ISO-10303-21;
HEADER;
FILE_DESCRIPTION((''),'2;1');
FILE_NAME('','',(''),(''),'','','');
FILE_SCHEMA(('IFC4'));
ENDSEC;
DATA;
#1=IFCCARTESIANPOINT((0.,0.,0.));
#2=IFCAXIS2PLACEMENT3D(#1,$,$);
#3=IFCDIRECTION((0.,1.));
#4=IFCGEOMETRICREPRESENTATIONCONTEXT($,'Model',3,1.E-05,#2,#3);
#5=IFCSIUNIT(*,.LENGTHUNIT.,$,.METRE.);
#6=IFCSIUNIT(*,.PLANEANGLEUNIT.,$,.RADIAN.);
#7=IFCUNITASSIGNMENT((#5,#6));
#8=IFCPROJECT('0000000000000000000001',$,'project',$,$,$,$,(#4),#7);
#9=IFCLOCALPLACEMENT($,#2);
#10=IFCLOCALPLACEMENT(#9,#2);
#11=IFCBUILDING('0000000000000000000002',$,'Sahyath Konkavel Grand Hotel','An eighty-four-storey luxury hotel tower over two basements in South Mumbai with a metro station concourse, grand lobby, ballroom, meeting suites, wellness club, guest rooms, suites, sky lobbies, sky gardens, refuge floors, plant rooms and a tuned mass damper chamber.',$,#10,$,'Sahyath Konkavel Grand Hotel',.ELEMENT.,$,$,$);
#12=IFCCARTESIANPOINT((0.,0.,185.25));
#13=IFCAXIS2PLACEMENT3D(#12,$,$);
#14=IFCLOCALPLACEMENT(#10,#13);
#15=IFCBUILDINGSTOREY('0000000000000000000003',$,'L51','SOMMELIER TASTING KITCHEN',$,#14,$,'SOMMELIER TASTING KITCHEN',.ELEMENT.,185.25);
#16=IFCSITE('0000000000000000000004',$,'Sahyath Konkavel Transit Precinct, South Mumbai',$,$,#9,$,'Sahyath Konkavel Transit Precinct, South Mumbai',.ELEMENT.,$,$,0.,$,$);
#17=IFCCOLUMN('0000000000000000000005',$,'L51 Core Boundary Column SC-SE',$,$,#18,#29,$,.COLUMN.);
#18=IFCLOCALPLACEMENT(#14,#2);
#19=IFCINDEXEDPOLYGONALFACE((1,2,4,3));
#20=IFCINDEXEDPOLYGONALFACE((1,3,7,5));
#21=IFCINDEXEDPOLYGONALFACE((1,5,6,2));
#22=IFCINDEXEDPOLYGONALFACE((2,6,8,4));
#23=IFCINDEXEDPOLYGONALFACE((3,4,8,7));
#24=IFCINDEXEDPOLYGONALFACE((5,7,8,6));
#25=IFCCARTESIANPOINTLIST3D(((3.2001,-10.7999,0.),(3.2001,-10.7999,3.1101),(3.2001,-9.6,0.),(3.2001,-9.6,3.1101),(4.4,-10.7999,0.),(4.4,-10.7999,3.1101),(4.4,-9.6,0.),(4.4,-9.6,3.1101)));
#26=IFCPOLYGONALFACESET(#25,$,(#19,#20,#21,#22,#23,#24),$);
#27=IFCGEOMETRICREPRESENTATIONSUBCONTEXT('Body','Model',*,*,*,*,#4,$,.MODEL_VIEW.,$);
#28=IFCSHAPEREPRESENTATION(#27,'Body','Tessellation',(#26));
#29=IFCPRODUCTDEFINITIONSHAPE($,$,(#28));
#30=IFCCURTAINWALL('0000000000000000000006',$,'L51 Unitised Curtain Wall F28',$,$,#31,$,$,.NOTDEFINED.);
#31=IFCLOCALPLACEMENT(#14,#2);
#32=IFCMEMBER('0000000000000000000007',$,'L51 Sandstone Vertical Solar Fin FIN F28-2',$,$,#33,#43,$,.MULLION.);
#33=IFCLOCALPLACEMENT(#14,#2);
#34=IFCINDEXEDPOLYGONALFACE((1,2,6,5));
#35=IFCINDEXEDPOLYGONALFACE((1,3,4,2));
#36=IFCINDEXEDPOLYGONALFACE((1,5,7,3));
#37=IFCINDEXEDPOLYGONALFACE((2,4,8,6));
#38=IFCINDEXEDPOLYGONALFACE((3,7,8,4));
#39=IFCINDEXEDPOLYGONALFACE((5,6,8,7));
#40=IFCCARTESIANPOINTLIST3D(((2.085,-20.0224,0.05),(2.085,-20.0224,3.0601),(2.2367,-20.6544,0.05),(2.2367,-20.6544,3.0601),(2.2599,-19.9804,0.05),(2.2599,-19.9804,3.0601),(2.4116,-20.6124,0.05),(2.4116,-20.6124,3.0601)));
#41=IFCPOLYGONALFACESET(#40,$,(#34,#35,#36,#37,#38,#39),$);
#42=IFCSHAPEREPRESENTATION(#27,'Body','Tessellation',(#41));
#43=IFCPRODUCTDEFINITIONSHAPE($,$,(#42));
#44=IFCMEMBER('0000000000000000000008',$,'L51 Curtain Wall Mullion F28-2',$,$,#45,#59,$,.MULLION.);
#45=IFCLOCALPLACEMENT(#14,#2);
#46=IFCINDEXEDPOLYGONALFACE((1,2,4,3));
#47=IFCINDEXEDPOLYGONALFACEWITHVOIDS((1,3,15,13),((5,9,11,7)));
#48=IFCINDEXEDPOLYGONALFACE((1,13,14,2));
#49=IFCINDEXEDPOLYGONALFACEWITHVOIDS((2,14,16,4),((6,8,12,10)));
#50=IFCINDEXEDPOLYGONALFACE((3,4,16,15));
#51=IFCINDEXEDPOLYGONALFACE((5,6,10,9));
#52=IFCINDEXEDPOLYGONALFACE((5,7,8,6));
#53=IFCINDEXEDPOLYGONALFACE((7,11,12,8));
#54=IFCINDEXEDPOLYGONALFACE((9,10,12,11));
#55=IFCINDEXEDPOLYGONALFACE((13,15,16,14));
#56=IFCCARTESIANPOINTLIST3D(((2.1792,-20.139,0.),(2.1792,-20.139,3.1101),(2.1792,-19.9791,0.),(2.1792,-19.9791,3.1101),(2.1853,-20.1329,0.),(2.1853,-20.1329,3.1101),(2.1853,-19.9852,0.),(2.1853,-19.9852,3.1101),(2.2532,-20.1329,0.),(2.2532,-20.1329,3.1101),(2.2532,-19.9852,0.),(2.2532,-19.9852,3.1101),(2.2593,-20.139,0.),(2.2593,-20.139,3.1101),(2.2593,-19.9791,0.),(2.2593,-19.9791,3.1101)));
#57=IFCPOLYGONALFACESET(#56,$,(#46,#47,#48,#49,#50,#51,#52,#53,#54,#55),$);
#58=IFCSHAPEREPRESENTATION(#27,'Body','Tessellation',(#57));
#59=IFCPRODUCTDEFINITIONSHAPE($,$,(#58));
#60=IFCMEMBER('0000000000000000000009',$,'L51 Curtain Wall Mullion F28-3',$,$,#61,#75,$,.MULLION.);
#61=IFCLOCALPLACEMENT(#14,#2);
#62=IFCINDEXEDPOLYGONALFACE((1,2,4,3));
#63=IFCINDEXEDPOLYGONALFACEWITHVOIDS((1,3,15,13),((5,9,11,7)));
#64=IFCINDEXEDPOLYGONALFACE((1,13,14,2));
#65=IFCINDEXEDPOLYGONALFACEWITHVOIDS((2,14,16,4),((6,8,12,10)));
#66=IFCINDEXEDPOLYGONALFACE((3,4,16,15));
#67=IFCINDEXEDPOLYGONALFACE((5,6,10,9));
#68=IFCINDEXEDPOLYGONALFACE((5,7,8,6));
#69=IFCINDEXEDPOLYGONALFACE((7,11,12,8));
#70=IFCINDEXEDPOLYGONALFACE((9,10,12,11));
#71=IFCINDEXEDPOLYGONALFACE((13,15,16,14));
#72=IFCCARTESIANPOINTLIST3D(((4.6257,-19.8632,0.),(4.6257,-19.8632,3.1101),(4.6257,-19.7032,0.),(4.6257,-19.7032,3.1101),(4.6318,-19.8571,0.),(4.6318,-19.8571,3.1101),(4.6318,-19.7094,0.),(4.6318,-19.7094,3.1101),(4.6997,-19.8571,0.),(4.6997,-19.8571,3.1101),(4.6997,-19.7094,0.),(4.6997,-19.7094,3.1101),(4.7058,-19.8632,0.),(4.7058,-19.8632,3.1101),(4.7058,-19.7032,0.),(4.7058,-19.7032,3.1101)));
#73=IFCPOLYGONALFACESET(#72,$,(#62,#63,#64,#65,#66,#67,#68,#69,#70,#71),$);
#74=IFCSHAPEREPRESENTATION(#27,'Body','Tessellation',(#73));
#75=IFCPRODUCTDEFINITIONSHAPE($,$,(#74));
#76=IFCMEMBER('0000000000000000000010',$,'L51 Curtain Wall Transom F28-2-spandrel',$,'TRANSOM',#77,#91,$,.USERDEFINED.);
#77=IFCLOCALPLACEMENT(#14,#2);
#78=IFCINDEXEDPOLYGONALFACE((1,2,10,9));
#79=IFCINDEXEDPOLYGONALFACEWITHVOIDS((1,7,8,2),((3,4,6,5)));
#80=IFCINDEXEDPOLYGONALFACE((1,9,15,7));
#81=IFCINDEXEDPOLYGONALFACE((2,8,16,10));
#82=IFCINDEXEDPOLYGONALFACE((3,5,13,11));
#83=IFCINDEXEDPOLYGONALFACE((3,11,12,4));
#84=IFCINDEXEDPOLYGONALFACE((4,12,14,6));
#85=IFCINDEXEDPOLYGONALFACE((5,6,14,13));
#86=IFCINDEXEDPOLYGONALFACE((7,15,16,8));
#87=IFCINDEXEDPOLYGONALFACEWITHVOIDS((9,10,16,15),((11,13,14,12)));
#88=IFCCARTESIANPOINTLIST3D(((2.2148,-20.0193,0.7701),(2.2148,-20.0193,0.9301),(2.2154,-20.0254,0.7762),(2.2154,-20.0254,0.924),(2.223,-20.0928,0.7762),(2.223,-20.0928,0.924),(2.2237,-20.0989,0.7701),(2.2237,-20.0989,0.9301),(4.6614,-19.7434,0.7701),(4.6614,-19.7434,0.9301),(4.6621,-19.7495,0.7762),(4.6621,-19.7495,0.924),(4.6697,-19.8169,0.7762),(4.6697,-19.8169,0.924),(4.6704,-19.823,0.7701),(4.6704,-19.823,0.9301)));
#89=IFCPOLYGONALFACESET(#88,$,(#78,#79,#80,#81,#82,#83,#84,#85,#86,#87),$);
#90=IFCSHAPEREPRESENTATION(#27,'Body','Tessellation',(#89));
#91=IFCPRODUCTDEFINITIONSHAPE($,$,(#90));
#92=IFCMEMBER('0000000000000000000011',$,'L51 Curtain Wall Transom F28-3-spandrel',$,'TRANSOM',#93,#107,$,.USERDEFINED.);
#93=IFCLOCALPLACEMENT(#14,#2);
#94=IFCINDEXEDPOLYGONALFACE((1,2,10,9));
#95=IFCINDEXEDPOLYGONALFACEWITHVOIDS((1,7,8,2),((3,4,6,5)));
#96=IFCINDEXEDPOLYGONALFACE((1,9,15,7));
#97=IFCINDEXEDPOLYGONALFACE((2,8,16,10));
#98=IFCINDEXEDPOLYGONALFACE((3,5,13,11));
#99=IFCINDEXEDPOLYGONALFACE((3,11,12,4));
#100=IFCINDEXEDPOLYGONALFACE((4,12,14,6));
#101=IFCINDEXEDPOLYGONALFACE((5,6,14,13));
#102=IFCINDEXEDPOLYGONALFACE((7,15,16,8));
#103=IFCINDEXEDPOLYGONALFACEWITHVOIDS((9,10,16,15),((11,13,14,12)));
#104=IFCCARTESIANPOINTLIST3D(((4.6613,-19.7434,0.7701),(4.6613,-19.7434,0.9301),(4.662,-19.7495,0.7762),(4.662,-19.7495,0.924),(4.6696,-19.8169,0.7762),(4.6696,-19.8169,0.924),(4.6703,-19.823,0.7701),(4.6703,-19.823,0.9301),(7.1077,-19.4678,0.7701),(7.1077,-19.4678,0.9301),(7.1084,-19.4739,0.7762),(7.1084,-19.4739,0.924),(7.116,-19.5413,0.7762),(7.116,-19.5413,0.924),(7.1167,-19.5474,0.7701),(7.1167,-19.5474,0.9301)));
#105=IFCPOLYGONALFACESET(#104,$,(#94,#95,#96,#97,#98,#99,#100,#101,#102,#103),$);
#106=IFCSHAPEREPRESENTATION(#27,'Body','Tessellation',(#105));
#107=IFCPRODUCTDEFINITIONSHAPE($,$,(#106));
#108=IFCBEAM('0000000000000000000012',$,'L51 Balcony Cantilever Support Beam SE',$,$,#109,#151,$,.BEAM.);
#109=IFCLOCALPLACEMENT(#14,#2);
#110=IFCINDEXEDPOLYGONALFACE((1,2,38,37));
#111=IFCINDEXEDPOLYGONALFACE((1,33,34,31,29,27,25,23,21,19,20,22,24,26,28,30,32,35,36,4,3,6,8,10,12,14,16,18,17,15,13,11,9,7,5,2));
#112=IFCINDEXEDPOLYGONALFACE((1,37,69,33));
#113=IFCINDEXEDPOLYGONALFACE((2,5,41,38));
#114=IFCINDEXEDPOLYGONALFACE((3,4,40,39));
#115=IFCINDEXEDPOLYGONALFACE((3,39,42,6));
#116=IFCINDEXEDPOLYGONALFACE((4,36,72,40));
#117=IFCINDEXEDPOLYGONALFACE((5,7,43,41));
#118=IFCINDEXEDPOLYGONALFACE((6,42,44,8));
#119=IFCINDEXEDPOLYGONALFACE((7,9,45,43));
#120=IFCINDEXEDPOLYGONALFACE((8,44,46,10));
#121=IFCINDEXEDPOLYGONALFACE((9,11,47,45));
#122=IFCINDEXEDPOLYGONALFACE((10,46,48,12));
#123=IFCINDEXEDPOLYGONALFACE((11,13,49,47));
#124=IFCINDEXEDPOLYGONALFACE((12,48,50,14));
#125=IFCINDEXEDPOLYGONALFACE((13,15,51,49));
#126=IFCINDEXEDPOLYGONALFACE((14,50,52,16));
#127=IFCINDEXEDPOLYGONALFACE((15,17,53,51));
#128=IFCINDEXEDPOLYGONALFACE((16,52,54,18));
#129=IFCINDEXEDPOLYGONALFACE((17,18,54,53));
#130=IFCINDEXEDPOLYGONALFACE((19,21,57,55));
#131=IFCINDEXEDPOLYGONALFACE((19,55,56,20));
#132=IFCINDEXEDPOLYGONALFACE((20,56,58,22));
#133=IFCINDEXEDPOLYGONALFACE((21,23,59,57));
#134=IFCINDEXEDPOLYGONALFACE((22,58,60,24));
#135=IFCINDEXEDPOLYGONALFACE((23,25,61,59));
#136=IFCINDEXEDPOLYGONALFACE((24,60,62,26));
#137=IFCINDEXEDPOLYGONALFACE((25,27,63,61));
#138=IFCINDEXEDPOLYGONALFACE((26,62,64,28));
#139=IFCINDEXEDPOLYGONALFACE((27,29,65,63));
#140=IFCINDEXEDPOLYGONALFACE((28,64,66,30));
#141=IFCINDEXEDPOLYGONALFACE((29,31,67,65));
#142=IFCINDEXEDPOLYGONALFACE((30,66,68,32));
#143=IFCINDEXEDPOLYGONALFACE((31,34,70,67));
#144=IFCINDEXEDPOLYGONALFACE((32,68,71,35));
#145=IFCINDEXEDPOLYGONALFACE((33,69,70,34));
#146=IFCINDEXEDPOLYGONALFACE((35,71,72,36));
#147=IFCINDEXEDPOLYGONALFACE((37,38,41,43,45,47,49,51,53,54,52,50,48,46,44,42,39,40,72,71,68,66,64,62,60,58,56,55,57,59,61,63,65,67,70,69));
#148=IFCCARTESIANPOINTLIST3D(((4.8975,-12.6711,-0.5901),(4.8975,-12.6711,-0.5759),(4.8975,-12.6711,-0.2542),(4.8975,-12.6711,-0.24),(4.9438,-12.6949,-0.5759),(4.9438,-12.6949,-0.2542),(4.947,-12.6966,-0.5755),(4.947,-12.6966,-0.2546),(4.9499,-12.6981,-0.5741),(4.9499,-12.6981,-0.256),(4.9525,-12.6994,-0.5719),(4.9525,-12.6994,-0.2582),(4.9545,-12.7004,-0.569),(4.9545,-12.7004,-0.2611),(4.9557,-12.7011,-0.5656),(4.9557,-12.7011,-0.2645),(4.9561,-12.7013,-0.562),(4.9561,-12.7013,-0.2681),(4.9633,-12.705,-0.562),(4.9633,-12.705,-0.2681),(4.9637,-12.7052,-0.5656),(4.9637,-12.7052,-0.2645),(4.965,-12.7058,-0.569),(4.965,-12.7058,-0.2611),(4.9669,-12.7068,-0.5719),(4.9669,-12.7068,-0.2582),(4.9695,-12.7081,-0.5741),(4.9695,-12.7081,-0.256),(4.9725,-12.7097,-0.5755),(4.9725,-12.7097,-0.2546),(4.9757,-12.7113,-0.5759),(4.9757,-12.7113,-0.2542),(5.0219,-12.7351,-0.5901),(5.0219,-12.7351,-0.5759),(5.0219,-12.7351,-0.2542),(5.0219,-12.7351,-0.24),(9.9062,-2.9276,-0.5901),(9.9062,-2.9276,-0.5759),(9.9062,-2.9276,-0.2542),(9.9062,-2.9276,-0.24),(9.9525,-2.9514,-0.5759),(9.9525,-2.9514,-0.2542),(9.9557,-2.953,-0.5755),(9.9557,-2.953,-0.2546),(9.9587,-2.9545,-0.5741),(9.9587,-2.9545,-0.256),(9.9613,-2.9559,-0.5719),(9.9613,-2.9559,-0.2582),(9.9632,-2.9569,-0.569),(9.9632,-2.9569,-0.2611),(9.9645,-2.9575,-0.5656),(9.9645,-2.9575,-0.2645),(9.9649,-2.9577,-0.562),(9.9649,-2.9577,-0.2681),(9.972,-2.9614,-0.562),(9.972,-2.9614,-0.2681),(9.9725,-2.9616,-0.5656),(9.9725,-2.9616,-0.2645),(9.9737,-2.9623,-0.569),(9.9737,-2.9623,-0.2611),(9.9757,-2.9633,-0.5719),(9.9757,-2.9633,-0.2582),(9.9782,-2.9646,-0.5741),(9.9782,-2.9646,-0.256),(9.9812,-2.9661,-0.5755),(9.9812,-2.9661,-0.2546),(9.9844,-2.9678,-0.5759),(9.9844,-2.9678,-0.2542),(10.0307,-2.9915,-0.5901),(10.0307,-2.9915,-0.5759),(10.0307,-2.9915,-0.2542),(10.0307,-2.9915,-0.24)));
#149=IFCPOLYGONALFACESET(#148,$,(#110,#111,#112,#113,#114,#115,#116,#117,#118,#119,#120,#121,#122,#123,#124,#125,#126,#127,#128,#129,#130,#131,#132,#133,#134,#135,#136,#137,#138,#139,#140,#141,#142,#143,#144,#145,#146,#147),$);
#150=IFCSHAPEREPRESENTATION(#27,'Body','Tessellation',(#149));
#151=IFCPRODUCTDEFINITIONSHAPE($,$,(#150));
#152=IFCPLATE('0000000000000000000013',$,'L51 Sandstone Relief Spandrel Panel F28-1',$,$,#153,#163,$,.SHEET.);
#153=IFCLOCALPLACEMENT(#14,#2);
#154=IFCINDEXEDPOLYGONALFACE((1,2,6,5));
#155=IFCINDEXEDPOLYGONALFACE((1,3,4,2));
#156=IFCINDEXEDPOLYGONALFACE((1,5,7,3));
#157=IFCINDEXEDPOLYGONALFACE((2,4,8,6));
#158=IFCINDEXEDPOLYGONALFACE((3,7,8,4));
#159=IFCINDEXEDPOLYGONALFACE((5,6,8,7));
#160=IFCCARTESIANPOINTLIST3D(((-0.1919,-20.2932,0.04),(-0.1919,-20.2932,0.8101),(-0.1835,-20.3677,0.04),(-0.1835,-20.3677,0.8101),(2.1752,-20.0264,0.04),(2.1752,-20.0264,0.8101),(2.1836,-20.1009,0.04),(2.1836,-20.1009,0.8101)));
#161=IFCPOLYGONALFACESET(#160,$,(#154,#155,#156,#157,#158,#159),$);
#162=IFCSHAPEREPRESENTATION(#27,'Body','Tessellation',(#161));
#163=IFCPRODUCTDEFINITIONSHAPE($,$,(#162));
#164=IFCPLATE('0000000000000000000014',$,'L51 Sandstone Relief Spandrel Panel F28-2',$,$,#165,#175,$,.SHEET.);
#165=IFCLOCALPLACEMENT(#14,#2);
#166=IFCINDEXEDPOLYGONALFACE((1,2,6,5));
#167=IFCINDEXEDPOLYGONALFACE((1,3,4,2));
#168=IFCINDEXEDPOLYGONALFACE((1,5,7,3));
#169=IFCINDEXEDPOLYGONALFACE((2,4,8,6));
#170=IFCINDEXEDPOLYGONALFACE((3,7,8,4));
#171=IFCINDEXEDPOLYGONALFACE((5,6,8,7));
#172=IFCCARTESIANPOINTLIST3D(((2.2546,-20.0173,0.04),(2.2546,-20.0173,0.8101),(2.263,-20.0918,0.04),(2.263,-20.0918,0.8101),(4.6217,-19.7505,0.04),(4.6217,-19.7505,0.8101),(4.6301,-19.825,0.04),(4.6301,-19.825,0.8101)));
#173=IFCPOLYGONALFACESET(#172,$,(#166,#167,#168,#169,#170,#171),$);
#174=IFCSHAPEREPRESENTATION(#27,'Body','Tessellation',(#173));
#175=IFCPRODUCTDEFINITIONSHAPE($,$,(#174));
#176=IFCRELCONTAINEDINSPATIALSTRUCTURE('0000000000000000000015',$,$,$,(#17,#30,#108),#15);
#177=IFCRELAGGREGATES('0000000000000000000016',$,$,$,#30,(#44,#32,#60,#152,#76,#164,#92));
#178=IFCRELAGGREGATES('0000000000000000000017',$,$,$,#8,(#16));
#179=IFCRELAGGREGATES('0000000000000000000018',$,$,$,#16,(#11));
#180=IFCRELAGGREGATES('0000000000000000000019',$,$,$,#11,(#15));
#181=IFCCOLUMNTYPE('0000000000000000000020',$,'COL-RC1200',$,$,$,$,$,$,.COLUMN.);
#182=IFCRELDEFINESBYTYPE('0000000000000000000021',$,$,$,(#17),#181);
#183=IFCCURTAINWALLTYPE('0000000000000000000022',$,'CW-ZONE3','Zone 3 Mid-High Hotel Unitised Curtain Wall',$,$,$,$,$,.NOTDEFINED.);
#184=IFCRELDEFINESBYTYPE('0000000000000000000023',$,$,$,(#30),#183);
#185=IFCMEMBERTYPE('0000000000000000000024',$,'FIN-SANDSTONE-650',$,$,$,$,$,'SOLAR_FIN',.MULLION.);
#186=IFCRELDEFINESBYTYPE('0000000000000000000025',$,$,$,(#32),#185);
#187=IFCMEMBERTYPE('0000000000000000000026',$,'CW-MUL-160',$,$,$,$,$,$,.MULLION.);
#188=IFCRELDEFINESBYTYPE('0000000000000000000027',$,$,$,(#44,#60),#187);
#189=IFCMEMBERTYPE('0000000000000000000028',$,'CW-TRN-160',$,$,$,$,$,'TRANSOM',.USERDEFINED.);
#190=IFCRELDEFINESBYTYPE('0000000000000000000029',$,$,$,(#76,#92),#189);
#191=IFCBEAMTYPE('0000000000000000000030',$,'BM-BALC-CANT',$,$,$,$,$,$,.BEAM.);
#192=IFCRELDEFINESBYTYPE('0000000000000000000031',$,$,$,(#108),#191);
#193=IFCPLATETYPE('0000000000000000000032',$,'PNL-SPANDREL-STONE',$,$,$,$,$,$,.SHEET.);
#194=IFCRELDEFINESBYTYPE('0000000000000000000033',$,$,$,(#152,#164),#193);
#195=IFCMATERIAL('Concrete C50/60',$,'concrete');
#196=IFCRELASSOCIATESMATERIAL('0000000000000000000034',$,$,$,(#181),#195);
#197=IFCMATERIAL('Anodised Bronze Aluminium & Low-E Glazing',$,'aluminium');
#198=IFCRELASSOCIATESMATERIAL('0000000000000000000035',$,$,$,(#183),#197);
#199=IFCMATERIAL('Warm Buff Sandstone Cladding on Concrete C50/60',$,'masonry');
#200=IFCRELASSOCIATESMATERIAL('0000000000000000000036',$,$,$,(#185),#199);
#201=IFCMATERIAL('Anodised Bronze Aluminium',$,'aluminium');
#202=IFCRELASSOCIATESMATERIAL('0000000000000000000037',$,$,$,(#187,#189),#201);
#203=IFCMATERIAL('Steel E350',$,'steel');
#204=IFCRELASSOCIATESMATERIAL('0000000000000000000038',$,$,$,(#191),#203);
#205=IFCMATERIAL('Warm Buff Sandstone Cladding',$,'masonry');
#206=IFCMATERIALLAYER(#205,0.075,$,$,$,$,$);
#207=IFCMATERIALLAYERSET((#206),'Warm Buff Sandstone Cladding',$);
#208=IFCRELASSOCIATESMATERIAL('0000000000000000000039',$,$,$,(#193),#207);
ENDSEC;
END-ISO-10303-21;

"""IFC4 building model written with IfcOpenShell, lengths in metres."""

from ifc_helpers import new_model, si_unit, direction, frame, origin, origin_2d, place, context, subcontext, project, spatial, rectangle, hollow_rectangle, i_section, extrude, source, transform, mapped, material, layer, layer_set, material_profile, profile_set, type_object, element, aggregate, save


model = new_model("IFC4")

# Units and contexts
model_context = context("Model", 3, precision=1e-05, world=origin(), true_north=direction((0.0, 1.0)))
body_context = subcontext(model_context, "Body", "Model", "MODEL_VIEW")
ifc_project = project(units=[si_unit("LENGTHUNIT", "METRE"), si_unit("PLANEANGLEUNIT", "RADIAN")], contexts=[model_context])

# Site, building, storey
site_placement = place(None, origin())
site = spatial("IfcSite", under=ifc_project, at=site_placement, Name="Sahyath Konkavel Transit Precinct, South Mumbai", LongName="Sahyath Konkavel Transit Precinct, South Mumbai", CompositionType="ELEMENT", RefElevation=0.0)
building_placement = place(site_placement, origin())
building = spatial("IfcBuilding", under=site, at=building_placement, Name="Sahyath Konkavel Grand Hotel", Description="An eighty-four-storey luxury hotel tower over two basements in South Mumbai with a metro station concourse, grand lobby, ballroom, meeting suites, wellness club, guest rooms, suites, sky lobbies, sky gardens, refuge floors, plant rooms and a tuned mass damper chamber.", LongName="Sahyath Konkavel Grand Hotel", CompositionType="ELEMENT")
storey_placement = place(building_placement, frame((0.0, 0.0, 185.25)))
storey = spatial("IfcBuildingStorey", under=building, at=storey_placement, Name="L51", Description="SOMMELIER TASTING KITCHEN", LongName="SOMMELIER TASTING KITCHEN", CompositionType="ELEMENT", Elevation=185.25)

# Column
ifc_material_1 = material(Name="Concrete C50/60", Category="concrete")
ifc_material_profile_1 = material_profile(ifc_material_1, rectangle(XDim=1.2, YDim=1.2, at=origin_2d()), Name="RC 1200x1200")
ifc_profile_set_1 = profile_set([ifc_material_profile_1], Name="Concrete C50/60")
column_type = type_object("IfcColumnType", Name="COL-RC1200", PredefinedType="COLUMN", material=ifc_profile_set_1)
shared_shape_1 = source(origin(), body_context, "Body", "SweptSolid", [
    extrude(rectangle(XDim=1.2, YDim=1.2, at=origin_2d()), origin(), (0.0, 0.0, 1.0), 3.1101),
])
column_placement = place(storey_placement, frame((3.8, -10.2, 0.0), z_axis=(0.0, 0.0, 1.0), x_axis=(1.0, 0.0, 0.0)))
element("IfcColumn", 1, at=column_placement, inside=storey, type_object=column_type, Name="L51 Core Boundary Column SC-SE", PredefinedType="COLUMN", context=body_context, shape_type="MappedRepresentation", body=[
    mapped(shared_shape_1, transform((0.0, 0.0, 0.0), scale=1.0)),
])

# Curtain wall, members
ifc_material_2 = material(Name="Anodised Bronze Aluminium & Low-E Glazing", Category="aluminium")
curtain_wall_type = type_object("IfcCurtainWallType", Name="CW-ZONE3", Description="Zone 3 Mid-High Hotel Unitised Curtain Wall", PredefinedType="NOTDEFINED", material=ifc_material_2)
curtain_wall_placement = place(storey_placement, origin())
curtain_wall = element("IfcCurtainWall", 2, at=curtain_wall_placement, inside=storey, type_object=curtain_wall_type, Name="L51 Unitised Curtain Wall F28", PredefinedType="NOTDEFINED")
ifc_material_3 = material(Name="Warm Buff Sandstone Cladding on Concrete C50/60", Category="masonry")
ifc_material_profile_2 = material_profile(ifc_material_3, rectangle(XDim=0.1799, YDim=0.6499, at=origin_2d()), Name="FIN 180x650")
ifc_profile_set_2 = profile_set([ifc_material_profile_2], Name="Warm Buff Sandstone Cladding on Concrete C50/60")
member_type_1 = type_object("IfcMemberType", Name="FIN-SANDSTONE-650", ElementType="SOLAR_FIN", PredefinedType="MULLION", material=ifc_profile_set_2)
shared_shape_2 = source(origin(), body_context, "Body", "SweptSolid", [
    extrude(rectangle(XDim=0.1799, YDim=0.6499, at=origin_2d()), origin(), (0.0, 0.0, 1.0), 3.01),
])
member_1_placement = place(storey_placement, frame((2.2483, -20.3174, 0.05), z_axis=(0.0, 0.0, 1.0), x_axis=(0.97237, 0.233445, 0.0)))
member_1 = element("IfcMember", 3, at=member_1_placement, type_object=member_type_1, Name="L51 Sandstone Vertical Solar Fin FIN F28-2", PredefinedType="MULLION", context=body_context, shape_type="MappedRepresentation", body=[
    mapped(shared_shape_2, transform((0.0, 0.0, 0.0), scale=1.0)),
])
ifc_material_4 = material(Name="Anodised Bronze Aluminium", Category="aluminium")
ifc_material_profile_3 = material_profile(ifc_material_4, hollow_rectangle(XDim=0.0801, YDim=0.1599, WallThickness=0.0061, at=origin_2d()), Name="RHS 160x80x6")
ifc_profile_set_3 = profile_set([ifc_material_profile_3], Name="Anodised Bronze Aluminium")
member_type_2 = type_object("IfcMemberType", Name="CW-MUL-160", PredefinedType="MULLION", material=ifc_profile_set_3)
shared_shape_3 = source(origin(), body_context, "Body", "SweptSolid", [
    extrude(hollow_rectangle(XDim=0.0801, YDim=0.1599, WallThickness=0.0061, at=origin_2d()), origin(), (0.0, 0.0, 1.0), 3.1101),
])
member_2_placement = place(storey_placement, frame((2.2192, -20.0591, 0.0), z_axis=(0.0, 0.0, 1.0), x_axis=(1.0, 0.0, 0.0)))
member_2 = element("IfcMember", 4, at=member_2_placement, type_object=member_type_2, Name="L51 Curtain Wall Mullion F28-2", PredefinedType="MULLION", context=body_context, shape_type="MappedRepresentation", body=[
    mapped(shared_shape_3, transform((0.0, 0.0, 0.0), scale=1.0)),
])
member_3_placement = place(storey_placement, frame((4.6658, -19.7832, 0.0), z_axis=(0.0, 0.0, 1.0), x_axis=(1.0, 0.0, 0.0)))
member_3 = element("IfcMember", 5, at=member_3_placement, type_object=member_type_2, Name="L51 Curtain Wall Mullion F28-3", PredefinedType="MULLION", context=body_context, shape_type="MappedRepresentation", body=[
    mapped(shared_shape_3, transform((0.0, 0.0, 0.0), scale=1.0)),
])
ifc_material_profile_4 = material_profile(ifc_material_4, hollow_rectangle(XDim=0.0801, YDim=0.1599, WallThickness=0.0061, at=origin_2d()), Name="RHS 160x80x6")
ifc_profile_set_4 = profile_set([ifc_material_profile_4], Name="Anodised Bronze Aluminium")
member_type_3 = type_object("IfcMemberType", Name="CW-TRN-160", ElementType="TRANSOM", PredefinedType="USERDEFINED", material=ifc_profile_set_4)
shared_shape_4 = source(origin(), body_context, "Body", "SweptSolid", [
    extrude(hollow_rectangle(XDim=0.0801, YDim=0.1599, WallThickness=0.0061, at=origin_2d()), origin(), (0.0, 0.0, 1.0), 2.4622),
])
member_4_placement = place(storey_placement, frame((2.2192, -20.0591, 0.8501), z_axis=(0.993702, 0.112053, 0.0), x_axis=(-0.112053, 0.993702, 0.0)))
member_4 = element("IfcMember", 6, at=member_4_placement, type_object=member_type_3, Name="L51 Curtain Wall Transom F28-2-spandrel", ObjectType="TRANSOM", PredefinedType="USERDEFINED", context=body_context, shape_type="MappedRepresentation", body=[
    mapped(shared_shape_4, transform((0.0, 0.0, 0.0), scale=1.0)),
])
shared_shape_5 = source(origin(), body_context, "Body", "SweptSolid", [
    extrude(hollow_rectangle(XDim=0.0801, YDim=0.1599, WallThickness=0.0061, at=origin_2d()), origin(), (0.0, 0.0, 1.0), 2.4619),
])
member_5_placement = place(storey_placement, frame((4.6658, -19.7832, 0.8501), z_axis=(0.993713, 0.111955, 0.0), x_axis=(-0.111955, 0.993713, 0.0)))
member_5 = element("IfcMember", 7, at=member_5_placement, type_object=member_type_3, Name="L51 Curtain Wall Transom F28-3-spandrel", ObjectType="TRANSOM", PredefinedType="USERDEFINED", context=body_context, shape_type="MappedRepresentation", body=[
    mapped(shared_shape_5, transform((0.0, 0.0, 0.0), scale=1.0)),
])

# Beam
ifc_material_5 = material(Name="Steel E350", Category="steel")
ifc_material_profile_5 = material_profile(ifc_material_5, i_section(OverallWidth=0.1399, OverallDepth=0.3501, WebThickness=0.0081, FlangeThickness=0.0142, FilletRadius=0.0139, at=origin_2d()), Name="ISMB 350")
ifc_profile_set_5 = profile_set([ifc_material_profile_5], Name="Steel E350")
beam_type = type_object("IfcBeamType", Name="BM-BALC-CANT", PredefinedType="BEAM", material=ifc_profile_set_5)
shared_shape_6 = source(origin(), body_context, "Body", "SweptSolid", [
    extrude(i_section(OverallWidth=0.1399, OverallDepth=0.3501, WebThickness=0.0081, FlangeThickness=0.0142, FilletRadius=0.0139, at=origin_2d()), origin(), (0.0, 0.0, 1.0), 10.9556),
])
beam_placement = place(storey_placement, frame((4.9597, -12.7031, -0.415), z_axis=(0.457187, 0.889371, 0.0), x_axis=(-0.889371, 0.457187, 0.0)))
element("IfcBeam", 8, at=beam_placement, inside=storey, type_object=beam_type, Name="L51 Balcony Cantilever Support Beam SE", PredefinedType="BEAM", context=body_context, shape_type="MappedRepresentation", body=[
    mapped(shared_shape_6, transform((0.0, 0.0, 0.0), scale=1.0)),
])

# Plates
ifc_material_6 = material(Name="Warm Buff Sandstone Cladding", Category="masonry")
ifc_layer_1 = layer(ifc_material_6, 0.075)
ifc_layer_set_1 = layer_set([ifc_layer_1], Name="Warm Buff Sandstone Cladding")
plate_type_1 = type_object("IfcPlateType", Name="PNL-SPANDREL-STONE", PredefinedType="SHEET", material=ifc_layer_set_1)
shared_shape_7 = source(origin(), body_context, "Body", "SweptSolid", [
    extrude(rectangle(XDim=2.3821, YDim=0.075, at=origin_2d()), origin(), (0.0, 0.0, 1.0), 0.77),
])
plate_1_placement = place(storey_placement, frame((0.9958, -20.197, 0.04), z_axis=(0.0, 0.0, 1.0), x_axis=(0.993707, 0.112007, 0.0)))
plate_1 = element("IfcPlate", 9, at=plate_1_placement, type_object=plate_type_1, Name="L51 Sandstone Relief Spandrel Panel F28-1", PredefinedType="SHEET", context=body_context, shape_type="MappedRepresentation", body=[
    mapped(shared_shape_7, transform((0.0, 0.0, 0.0), scale=1.0)),
])
plate_2_placement = place(storey_placement, frame((3.4424, -19.9211, 0.04), z_axis=(0.0, 0.0, 1.0), x_axis=(0.993707, 0.112007, 0.0)))
plate_2 = element("IfcPlate", 10, at=plate_2_placement, type_object=plate_type_1, Name="L51 Sandstone Relief Spandrel Panel F28-2", PredefinedType="SHEET", context=body_context, shape_type="MappedRepresentation", body=[
    mapped(shared_shape_7, transform((0.0, 0.0, 0.0), scale=1.0)),
])
aggregate(curtain_wall, [member_2, member_1, member_3, plate_1, member_4, plate_2, member_5])

save(model, "model.ifc")
